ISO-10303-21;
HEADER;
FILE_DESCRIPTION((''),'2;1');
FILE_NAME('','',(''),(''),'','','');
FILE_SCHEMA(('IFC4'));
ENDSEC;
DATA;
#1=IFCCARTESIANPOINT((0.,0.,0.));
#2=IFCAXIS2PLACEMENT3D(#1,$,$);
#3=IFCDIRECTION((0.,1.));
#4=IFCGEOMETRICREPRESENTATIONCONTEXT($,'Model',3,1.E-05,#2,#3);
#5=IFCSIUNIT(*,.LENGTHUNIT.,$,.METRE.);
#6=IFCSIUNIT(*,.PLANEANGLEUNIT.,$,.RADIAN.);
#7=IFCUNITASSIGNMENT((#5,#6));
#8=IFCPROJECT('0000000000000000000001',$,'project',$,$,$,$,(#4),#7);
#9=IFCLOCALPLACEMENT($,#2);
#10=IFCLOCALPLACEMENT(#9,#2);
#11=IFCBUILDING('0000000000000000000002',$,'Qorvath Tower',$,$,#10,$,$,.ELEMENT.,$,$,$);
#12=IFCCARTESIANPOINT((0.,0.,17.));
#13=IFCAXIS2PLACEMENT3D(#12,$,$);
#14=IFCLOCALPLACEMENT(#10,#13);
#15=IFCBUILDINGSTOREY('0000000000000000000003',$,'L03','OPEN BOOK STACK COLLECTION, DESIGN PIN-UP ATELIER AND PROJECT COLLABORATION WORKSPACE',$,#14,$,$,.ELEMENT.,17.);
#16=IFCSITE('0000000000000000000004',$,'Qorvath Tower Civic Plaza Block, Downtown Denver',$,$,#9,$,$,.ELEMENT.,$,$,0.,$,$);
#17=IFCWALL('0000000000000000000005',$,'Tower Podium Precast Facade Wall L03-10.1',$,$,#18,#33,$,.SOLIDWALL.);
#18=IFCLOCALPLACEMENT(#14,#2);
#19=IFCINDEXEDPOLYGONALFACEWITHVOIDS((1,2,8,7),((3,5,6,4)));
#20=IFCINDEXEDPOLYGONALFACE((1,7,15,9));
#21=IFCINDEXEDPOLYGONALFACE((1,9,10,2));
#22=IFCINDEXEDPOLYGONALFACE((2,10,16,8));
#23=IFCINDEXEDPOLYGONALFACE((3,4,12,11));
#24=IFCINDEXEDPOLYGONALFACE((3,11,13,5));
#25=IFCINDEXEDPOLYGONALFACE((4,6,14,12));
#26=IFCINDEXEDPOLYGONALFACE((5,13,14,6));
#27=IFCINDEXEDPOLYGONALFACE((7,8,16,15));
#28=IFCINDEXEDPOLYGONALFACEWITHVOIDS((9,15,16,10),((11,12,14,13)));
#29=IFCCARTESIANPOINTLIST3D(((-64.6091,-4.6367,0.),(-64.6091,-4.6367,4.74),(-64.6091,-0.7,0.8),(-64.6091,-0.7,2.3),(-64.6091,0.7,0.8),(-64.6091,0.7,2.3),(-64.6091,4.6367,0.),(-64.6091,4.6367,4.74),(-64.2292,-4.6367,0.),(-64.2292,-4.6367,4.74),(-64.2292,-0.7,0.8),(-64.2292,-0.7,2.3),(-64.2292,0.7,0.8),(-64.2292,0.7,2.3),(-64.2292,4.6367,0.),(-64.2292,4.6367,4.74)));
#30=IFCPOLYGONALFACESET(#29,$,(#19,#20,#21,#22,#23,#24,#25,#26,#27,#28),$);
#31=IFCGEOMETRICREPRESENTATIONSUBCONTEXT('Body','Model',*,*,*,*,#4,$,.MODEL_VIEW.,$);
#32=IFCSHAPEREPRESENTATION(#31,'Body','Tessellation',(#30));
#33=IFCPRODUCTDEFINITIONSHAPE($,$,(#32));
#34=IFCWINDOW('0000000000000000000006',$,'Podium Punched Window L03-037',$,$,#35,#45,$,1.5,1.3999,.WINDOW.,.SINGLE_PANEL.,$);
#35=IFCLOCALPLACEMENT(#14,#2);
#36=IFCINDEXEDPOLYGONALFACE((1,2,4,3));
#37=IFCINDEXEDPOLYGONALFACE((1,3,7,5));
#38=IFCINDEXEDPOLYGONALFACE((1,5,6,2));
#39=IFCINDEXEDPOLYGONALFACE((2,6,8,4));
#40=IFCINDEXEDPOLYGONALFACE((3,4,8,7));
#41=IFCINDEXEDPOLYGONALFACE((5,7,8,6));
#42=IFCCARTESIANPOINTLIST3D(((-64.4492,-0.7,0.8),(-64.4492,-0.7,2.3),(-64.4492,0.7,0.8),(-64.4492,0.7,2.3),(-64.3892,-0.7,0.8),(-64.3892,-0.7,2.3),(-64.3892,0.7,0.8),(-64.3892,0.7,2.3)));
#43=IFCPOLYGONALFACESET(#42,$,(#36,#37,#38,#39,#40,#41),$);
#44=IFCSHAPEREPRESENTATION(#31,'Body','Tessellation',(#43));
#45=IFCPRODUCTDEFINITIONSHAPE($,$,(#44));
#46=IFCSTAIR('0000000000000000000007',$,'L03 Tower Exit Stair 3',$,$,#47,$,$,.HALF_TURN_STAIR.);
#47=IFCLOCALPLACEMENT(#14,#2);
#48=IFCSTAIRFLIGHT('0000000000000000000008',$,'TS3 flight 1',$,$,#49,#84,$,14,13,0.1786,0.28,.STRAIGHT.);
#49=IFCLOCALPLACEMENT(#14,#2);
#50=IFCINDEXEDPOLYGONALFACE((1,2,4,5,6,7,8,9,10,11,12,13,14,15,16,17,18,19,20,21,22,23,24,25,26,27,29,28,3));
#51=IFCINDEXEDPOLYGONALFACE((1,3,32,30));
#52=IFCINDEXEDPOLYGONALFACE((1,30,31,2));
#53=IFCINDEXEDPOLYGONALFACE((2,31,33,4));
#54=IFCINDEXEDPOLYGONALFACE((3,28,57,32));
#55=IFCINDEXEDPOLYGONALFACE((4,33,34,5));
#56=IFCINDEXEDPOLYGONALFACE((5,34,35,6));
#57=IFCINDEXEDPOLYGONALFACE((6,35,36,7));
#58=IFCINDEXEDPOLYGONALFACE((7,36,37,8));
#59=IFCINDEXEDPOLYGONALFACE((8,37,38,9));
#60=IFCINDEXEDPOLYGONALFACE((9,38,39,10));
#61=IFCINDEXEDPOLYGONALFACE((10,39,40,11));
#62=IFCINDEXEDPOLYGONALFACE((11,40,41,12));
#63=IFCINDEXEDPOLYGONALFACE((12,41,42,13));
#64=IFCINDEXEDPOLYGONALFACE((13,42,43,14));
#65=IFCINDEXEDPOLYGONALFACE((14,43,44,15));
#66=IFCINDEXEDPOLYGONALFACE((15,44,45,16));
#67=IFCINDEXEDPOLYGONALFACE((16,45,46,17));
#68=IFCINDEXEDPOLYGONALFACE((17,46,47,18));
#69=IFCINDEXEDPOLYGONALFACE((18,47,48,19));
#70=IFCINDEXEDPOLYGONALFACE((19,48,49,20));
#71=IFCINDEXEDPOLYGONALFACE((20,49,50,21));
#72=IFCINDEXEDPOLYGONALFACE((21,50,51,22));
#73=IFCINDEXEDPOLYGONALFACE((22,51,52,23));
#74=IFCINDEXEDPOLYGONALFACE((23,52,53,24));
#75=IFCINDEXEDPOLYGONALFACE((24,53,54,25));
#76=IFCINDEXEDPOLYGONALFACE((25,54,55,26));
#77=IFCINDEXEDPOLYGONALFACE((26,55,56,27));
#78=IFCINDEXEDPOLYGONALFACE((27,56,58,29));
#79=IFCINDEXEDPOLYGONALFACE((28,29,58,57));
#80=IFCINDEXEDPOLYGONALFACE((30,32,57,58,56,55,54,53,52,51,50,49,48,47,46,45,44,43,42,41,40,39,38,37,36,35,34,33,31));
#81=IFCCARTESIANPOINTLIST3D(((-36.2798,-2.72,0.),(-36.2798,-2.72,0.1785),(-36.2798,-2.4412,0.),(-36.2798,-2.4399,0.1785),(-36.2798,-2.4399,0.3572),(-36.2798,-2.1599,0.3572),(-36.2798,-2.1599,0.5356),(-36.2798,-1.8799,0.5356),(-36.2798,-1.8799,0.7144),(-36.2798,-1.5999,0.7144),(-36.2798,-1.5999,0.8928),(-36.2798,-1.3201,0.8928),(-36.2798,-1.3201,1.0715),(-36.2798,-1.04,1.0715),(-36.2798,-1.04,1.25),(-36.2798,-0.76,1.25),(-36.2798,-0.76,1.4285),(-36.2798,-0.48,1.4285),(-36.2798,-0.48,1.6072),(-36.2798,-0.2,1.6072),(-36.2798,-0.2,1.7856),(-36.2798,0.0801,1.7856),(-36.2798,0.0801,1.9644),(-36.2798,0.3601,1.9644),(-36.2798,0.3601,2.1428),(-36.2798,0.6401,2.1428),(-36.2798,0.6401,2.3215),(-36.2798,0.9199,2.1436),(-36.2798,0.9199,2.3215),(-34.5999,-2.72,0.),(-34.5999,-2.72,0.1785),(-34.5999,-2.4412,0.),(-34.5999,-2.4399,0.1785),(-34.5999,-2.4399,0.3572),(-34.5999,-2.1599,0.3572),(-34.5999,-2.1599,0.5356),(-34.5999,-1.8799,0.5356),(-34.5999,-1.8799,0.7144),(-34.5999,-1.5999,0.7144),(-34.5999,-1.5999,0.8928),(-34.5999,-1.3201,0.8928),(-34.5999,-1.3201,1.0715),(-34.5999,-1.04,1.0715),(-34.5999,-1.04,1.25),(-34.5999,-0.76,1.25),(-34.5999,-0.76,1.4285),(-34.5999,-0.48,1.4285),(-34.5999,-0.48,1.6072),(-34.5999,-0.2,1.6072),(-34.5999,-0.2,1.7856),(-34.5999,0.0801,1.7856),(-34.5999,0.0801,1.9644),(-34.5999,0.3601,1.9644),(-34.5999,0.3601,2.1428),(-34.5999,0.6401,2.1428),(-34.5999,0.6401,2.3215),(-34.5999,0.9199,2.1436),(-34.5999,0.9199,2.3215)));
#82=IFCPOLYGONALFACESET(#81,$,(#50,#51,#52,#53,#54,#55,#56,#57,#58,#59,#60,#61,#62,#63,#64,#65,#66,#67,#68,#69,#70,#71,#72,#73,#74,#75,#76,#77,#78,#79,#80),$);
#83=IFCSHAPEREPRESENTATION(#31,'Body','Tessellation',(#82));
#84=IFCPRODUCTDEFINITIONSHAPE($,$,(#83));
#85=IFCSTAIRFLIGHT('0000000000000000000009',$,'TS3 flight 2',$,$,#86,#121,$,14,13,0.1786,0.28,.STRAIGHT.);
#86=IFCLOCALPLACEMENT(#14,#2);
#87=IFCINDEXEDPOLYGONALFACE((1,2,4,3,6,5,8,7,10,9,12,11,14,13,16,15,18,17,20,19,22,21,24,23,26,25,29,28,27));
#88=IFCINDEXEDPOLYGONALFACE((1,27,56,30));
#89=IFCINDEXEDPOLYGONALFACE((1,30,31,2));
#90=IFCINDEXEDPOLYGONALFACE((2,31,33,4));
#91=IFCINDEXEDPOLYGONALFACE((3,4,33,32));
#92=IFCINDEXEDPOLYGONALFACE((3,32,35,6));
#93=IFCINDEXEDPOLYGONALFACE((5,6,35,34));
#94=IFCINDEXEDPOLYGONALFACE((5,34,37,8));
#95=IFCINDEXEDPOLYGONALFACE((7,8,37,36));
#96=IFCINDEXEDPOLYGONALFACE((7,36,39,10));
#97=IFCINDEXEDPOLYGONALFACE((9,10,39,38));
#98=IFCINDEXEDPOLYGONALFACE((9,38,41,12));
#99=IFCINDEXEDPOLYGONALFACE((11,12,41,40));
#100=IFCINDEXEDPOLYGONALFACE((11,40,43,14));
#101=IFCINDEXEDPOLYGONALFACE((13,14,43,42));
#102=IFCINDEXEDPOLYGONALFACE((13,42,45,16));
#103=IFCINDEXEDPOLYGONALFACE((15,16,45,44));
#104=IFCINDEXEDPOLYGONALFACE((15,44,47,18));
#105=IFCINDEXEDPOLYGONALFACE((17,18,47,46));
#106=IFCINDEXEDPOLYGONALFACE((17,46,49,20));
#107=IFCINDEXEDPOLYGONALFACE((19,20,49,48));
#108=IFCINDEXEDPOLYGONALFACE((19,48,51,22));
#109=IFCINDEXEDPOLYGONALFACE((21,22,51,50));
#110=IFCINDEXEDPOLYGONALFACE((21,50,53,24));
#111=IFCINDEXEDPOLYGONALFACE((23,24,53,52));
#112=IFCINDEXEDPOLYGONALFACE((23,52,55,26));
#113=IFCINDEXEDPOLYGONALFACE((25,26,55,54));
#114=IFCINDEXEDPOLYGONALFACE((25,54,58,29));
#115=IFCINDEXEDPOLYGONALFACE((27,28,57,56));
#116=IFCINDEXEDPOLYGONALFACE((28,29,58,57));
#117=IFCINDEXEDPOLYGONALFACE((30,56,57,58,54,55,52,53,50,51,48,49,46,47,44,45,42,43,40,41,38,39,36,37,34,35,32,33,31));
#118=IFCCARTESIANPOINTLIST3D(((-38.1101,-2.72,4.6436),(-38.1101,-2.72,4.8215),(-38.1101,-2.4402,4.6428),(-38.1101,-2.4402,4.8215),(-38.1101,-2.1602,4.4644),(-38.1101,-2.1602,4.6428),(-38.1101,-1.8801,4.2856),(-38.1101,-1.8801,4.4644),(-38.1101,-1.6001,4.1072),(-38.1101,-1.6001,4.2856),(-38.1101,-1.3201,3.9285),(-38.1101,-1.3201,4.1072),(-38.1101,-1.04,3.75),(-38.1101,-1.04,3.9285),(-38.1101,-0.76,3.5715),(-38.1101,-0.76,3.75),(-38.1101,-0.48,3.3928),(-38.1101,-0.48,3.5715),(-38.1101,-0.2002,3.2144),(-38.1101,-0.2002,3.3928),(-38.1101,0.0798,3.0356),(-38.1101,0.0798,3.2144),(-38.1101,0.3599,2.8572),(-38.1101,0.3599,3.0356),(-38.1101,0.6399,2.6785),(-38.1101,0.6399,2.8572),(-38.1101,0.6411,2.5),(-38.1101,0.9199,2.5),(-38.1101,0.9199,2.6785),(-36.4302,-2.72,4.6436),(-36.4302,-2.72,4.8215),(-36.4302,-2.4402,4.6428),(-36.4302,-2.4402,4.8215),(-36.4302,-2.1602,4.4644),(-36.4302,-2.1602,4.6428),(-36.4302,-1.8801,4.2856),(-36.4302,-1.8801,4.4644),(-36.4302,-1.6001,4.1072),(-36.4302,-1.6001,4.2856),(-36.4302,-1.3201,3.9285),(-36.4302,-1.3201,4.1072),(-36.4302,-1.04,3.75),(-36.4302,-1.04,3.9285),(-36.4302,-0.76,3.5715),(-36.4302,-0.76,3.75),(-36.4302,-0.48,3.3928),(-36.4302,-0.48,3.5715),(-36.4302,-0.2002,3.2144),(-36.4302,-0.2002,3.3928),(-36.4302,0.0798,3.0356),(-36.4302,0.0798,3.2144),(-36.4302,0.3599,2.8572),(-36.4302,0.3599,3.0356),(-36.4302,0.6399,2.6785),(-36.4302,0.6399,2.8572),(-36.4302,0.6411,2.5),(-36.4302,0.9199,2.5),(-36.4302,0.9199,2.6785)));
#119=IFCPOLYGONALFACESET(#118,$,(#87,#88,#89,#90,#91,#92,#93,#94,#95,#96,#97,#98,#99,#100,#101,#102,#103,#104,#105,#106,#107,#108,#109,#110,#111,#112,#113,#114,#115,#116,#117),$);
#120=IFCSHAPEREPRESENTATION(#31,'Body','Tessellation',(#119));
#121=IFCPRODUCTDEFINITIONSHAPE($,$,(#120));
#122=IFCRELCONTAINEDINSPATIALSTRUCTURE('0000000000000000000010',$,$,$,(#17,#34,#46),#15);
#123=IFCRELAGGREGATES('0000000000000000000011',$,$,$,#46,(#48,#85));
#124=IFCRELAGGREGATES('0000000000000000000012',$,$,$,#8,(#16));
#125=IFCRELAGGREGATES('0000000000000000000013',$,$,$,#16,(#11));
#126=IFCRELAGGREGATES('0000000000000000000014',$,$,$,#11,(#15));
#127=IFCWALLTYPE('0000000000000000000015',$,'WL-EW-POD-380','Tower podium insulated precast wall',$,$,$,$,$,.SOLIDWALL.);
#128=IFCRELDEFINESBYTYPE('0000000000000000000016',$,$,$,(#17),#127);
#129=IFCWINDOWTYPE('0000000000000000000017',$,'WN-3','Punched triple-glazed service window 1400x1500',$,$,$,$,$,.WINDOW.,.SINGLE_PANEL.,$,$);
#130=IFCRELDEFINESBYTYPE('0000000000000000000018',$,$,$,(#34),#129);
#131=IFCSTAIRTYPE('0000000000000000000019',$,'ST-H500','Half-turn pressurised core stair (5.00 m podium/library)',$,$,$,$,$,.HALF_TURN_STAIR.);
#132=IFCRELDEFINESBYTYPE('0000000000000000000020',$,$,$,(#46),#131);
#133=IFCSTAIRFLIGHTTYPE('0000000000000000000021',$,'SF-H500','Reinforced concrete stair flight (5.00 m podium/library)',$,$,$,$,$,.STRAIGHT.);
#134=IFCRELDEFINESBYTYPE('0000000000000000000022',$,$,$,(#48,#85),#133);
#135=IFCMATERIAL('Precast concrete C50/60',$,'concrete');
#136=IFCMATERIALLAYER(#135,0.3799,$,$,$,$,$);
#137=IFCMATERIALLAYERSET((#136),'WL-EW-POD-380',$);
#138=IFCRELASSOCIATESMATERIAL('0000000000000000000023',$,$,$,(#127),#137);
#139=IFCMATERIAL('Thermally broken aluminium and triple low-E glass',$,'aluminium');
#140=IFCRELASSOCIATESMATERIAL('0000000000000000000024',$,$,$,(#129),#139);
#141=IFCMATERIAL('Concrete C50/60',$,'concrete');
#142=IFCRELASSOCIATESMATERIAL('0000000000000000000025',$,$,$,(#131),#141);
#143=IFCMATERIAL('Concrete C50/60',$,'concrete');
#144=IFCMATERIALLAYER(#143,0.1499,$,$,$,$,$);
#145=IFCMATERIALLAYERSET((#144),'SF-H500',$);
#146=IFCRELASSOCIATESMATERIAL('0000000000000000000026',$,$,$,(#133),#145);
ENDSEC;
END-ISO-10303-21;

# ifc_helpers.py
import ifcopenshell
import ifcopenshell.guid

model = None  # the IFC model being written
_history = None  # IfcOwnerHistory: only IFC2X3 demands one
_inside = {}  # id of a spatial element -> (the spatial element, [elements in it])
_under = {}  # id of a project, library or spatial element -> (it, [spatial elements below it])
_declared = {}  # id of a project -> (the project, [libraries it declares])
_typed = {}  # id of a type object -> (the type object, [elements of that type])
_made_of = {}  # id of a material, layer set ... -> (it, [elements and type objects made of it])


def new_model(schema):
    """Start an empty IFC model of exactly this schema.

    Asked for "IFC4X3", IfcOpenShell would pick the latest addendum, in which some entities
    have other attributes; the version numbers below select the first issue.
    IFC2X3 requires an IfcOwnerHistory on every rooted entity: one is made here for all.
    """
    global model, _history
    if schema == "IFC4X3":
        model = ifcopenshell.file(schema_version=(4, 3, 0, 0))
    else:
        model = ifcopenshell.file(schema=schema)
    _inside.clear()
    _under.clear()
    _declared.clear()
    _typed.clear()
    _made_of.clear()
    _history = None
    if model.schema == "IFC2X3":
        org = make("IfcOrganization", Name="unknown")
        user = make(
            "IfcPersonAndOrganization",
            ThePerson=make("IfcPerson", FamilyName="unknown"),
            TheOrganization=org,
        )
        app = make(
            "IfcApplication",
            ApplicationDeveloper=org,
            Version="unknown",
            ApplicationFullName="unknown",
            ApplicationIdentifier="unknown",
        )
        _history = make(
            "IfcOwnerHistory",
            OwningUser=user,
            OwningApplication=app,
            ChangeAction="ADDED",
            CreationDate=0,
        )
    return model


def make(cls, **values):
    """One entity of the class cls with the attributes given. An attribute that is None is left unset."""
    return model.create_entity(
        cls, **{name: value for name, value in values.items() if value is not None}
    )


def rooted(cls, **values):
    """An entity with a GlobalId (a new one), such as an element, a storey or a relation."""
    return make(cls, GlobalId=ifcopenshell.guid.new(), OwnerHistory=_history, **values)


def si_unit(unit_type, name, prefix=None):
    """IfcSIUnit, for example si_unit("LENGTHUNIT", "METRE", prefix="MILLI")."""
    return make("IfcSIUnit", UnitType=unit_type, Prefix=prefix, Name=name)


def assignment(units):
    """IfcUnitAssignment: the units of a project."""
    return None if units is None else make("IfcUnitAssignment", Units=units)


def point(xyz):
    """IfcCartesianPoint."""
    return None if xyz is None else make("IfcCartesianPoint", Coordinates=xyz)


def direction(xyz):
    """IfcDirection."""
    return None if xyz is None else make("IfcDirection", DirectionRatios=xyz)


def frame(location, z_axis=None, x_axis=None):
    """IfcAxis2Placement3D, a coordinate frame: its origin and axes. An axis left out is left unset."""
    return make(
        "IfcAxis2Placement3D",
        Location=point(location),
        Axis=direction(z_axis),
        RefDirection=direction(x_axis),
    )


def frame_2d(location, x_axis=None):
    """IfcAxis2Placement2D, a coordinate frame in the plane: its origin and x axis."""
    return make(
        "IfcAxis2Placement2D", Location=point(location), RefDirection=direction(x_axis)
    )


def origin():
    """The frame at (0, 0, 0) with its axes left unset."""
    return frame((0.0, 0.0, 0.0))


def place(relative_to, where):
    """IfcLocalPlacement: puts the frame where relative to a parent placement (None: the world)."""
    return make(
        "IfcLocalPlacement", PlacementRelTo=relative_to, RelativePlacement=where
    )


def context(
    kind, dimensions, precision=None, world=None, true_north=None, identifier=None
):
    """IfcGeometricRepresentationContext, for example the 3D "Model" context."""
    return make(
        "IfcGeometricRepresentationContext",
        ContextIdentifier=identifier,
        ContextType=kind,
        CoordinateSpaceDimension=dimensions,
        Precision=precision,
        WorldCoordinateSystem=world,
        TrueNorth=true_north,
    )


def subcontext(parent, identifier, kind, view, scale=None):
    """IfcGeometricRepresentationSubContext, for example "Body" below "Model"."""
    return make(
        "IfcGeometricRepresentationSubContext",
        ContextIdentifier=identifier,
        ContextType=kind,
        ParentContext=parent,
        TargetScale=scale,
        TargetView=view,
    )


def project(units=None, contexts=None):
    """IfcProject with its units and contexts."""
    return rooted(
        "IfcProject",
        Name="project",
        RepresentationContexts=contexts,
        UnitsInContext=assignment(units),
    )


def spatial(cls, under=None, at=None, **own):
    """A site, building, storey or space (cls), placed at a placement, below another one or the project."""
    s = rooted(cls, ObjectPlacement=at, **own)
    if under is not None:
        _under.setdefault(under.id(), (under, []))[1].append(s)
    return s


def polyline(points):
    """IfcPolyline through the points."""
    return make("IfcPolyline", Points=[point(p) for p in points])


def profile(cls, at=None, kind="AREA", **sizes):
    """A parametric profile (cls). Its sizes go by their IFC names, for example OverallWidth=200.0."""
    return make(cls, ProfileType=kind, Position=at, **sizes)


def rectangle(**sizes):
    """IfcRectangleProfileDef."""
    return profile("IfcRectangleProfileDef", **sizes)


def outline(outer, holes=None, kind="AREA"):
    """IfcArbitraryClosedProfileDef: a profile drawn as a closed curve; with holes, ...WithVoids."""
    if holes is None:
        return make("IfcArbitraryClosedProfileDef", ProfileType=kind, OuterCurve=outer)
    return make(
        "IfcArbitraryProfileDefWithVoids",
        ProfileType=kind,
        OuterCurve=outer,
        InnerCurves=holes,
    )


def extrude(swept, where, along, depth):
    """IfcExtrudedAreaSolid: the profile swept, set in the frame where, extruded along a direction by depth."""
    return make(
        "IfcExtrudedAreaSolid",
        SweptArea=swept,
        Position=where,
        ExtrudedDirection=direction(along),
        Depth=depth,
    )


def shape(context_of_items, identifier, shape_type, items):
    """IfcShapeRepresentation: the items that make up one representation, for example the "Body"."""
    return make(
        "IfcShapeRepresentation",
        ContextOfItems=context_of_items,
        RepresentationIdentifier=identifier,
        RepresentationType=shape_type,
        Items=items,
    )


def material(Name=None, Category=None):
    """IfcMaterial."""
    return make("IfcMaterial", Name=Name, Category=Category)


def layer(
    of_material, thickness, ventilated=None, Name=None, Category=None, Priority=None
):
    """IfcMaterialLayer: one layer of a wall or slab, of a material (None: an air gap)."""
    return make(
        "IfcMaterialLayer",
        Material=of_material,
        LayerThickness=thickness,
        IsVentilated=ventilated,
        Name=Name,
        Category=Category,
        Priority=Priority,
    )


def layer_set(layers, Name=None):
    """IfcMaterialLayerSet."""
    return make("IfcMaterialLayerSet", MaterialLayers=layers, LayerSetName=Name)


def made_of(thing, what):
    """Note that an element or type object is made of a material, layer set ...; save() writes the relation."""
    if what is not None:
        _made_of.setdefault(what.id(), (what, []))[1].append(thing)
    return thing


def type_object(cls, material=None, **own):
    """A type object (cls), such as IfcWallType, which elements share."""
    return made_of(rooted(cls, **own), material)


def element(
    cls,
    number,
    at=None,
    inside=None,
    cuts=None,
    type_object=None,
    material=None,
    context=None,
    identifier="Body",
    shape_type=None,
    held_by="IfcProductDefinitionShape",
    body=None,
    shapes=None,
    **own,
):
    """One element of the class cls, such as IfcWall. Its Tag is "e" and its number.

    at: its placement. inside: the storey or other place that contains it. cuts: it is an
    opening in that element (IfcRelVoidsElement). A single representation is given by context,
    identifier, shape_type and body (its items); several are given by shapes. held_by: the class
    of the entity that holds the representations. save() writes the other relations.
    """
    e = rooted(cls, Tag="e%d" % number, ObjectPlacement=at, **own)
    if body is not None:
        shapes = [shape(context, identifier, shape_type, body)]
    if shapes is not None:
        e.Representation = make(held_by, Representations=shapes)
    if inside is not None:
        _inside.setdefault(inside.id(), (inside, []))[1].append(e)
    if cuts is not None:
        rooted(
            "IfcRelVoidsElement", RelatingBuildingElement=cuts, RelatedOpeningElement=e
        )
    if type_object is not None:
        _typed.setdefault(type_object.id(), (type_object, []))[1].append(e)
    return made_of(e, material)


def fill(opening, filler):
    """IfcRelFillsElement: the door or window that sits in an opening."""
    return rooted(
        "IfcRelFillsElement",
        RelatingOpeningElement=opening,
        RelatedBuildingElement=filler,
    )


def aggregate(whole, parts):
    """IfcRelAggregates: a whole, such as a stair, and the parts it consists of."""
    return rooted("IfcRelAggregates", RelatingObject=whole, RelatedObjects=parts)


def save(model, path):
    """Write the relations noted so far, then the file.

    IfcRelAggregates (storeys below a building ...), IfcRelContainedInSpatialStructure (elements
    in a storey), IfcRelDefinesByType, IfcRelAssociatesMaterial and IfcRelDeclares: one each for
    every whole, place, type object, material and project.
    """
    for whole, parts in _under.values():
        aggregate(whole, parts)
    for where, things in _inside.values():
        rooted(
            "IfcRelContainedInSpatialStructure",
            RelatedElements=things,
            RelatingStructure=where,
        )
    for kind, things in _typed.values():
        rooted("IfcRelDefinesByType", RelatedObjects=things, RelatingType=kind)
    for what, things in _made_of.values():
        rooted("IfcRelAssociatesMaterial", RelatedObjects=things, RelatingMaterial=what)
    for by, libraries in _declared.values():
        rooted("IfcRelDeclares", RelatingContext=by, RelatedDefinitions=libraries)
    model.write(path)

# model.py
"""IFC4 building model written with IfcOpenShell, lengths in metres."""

from ifc_helpers import new_model, si_unit, direction, frame, frame_2d, origin, place, context, subcontext, project, spatial, polyline, rectangle, outline, extrude, material, layer, layer_set, type_object, element, fill, aggregate, save


model = new_model("IFC4")

# Units and contexts
model_context = context("Model", 3, precision=1e-05, world=origin(), true_north=direction((0.0, 1.0)))
body_context = subcontext(model_context, "Body", "Model", "MODEL_VIEW")
ifc_project = project(units=[si_unit("LENGTHUNIT", "METRE"), si_unit("PLANEANGLEUNIT", "RADIAN")], contexts=[model_context])

# Site, building, storey
site_placement = place(None, origin())
site = spatial("IfcSite", under=ifc_project, at=site_placement, Name="Qorvath Tower Civic Plaza Block, Downtown Denver", CompositionType="ELEMENT", RefElevation=0.0)
building_placement = place(site_placement, origin())
building = spatial("IfcBuilding", under=site, at=building_placement, Name="Qorvath Tower", CompositionType="ELEMENT")
storey_placement = place(building_placement, frame((0.0, 0.0, 17.0)))
storey = spatial("IfcBuildingStorey", under=building, at=storey_placement, Name="L03", Description="OPEN BOOK STACK COLLECTION, DESIGN PIN-UP ATELIER AND PROJECT COLLABORATION WORKSPACE", CompositionType="ELEMENT", Elevation=17.0)

# Wall, opening, window
ifc_material_1 = material(Name="Precast concrete C50/60", Category="concrete")
ifc_layer_1 = layer(ifc_material_1, 0.3799)
ifc_layer_set_1 = layer_set([ifc_layer_1], Name="WL-EW-POD-380")
wall_type_1 = type_object("IfcWallType", Name="WL-EW-POD-380", Description="Tower podium insulated precast wall", PredefinedType="SOLIDWALL", material=ifc_layer_set_1)
wall_1_placement = place(storey_placement, frame((-64.4192, -4.6367, 0.0), z_axis=(0.0, 0.0, 1.0), x_axis=(0.0, 1.0, 0.0)))
wall_1 = element("IfcWall", 1, at=wall_1_placement, inside=storey, type_object=wall_type_1, Name="Tower Podium Precast Facade Wall L03-10.1", PredefinedType="SOLIDWALL", context=body_context, shape_type="SweptSolid", body=[
    extrude(rectangle(XDim=9.2734, YDim=0.3799, at=frame_2d((4.6367, 0.0))), origin(), (0.0, 0.0, 1.0), 4.74),
])
opening_1_placement = place(wall_1_placement, frame((3.9368, 0.0, 0.8)))
opening_1 = element("IfcOpeningElement", 2, at=opening_1_placement, cuts=wall_1, PredefinedType="OPENING", context=body_context, shape_type="SweptSolid", body=[
    extrude(rectangle(XDim=1.3999, YDim=1.5, at=frame_2d((0.7, 0.75))), frame((0.0, 0.2, 0.0), z_axis=(0.0, -1.0, 0.0), x_axis=(1.0, 0.0, 0.0)), (0.0, 0.0, 1.0), 0.3999),
])
ifc_material_2 = material(Name="Thermally broken aluminium and triple low-E glass", Category="aluminium")
window_type = type_object("IfcWindowType", Name="WN-3", Description="Punched triple-glazed service window 1400x1500", PartitioningType="SINGLE_PANEL", PredefinedType="WINDOW", material=ifc_material_2)
window_placement = place(opening_1_placement, origin())
window = element("IfcWindow", 3, at=window_placement, inside=storey, type_object=window_type, Name="Podium Punched Window L03-037", OverallHeight=1.5, OverallWidth=1.3999, PartitioningType="SINGLE_PANEL", PredefinedType="WINDOW", context=body_context, shape_type="SweptSolid", body=[
    extrude(rectangle(XDim=1.3999, YDim=1.5, at=frame_2d((0.7, 0.75))), frame((0.0, 0.03, 0.0), z_axis=(0.0, -1.0, 0.0), x_axis=(1.0, 0.0, 0.0)), (0.0, 0.0, 1.0), 0.0601),
])
fill(opening_1, window)

# Stair, stair flights
ifc_material_3 = material(Name="Concrete C50/60", Category="concrete")
stair_type = type_object("IfcStairType", Name="ST-H500", Description="Half-turn pressurised core stair (5.00 m podium/library)", PredefinedType="HALF_TURN_STAIR", material=ifc_material_3)
stair_placement = place(storey_placement, origin())
stair = element("IfcStair", 4, at=stair_placement, inside=storey, type_object=stair_type, Name="L03 Tower Exit Stair 3", PredefinedType="HALF_TURN_STAIR")
ifc_material_4 = material(Name="Concrete C50/60", Category="concrete")
ifc_layer_2 = layer(ifc_material_4, 0.1499)
ifc_layer_set_2 = layer_set([ifc_layer_2], Name="SF-H500")
stair_flight_type = type_object("IfcStairFlightType", Name="SF-H500", Description="Reinforced concrete stair flight (5.00 m podium/library)", PredefinedType="STRAIGHT", material=ifc_layer_set_2)
stair_flight_1_placement = place(storey_placement, frame((-35.4399, -2.72, 0.0), z_axis=(0.0, 0.0, 1.0), x_axis=(0.0, 1.0, 0.0)))
stair_flight_1 = element("IfcStairFlight", 5, at=stair_flight_1_placement, type_object=stair_flight_type, Name="TS3 flight 1", NumberOfRisers=14, NumberOfTreads=13, PredefinedType="STRAIGHT", RiserHeight=0.1786, TreadLength=0.28, context=body_context, shape_type="SweptSolid", body=[
    extrude(outline(polyline([(0.0, 0.0), (0.0, 0.1785), (0.28, 0.1785), (0.28, 0.3572), (0.5601, 0.3572), (0.5601, 0.5356), (0.8401, 0.5356), (0.8401, 0.7144), (1.1201, 0.7144), (1.1201, 0.8928), (1.3999, 0.8928), (1.3999, 1.0715), (1.6799, 1.0715), (1.6799, 1.25), (1.96, 1.25), (1.96, 1.4285), (2.24, 1.4285), (2.24, 1.6072), (2.52, 1.6072), (2.52, 1.7856), (2.8, 1.7856), (2.8, 1.9644), (3.0801, 1.9644), (3.0801, 2.1428), (3.3601, 2.1428), (3.3601, 2.3215), (3.6399, 2.3215), (3.6399, 2.5), (3.6399, 2.1436), (0.2788, 0.0), (0.0, 0.0)])), frame((0.0, 0.8398, 0.0), z_axis=(0.0, -1.0, 0.0), x_axis=(1.0, 0.0, 0.0)), (0.0, 0.0, 1.0), 1.6799),
])
stair_flight_2_placement = place(storey_placement, frame((-37.27, 0.9199, 2.5), z_axis=(0.0, 0.0, 1.0), x_axis=(0.0, -1.0, 0.0)))
stair_flight_2 = element("IfcStairFlight", 6, at=stair_flight_2_placement, type_object=stair_flight_type, Name="TS3 flight 2", NumberOfRisers=14, NumberOfTreads=13, PredefinedType="STRAIGHT", RiserHeight=0.1786, TreadLength=0.28, context=body_context, shape_type="SweptSolid", body=[
    extrude(outline(polyline([(0.0, 0.0), (0.0, 0.1785), (0.28, 0.1785), (0.28, 0.3572), (0.5601, 0.3572), (0.5601, 0.5356), (0.8401, 0.5356), (0.8401, 0.7144), (1.1201, 0.7144), (1.1201, 0.8928), (1.3999, 0.8928), (1.3999, 1.0715), (1.6799, 1.0715), (1.6799, 1.25), (1.96, 1.25), (1.96, 1.4285), (2.24, 1.4285), (2.24, 1.6072), (2.52, 1.6072), (2.52, 1.7856), (2.8, 1.7856), (2.8, 1.9644), (3.0801, 1.9644), (3.0801, 2.1428), (3.3601, 2.1428), (3.3601, 2.3215), (3.6399, 2.3215), (3.6399, 2.5), (3.6399, 2.1436), (0.2788, 0.0), (0.0, 0.0)])), frame((0.0, 0.8398, 0.0), z_axis=(0.0, -1.0, 0.0), x_axis=(1.0, 0.0, 0.0)), (0.0, 0.0, 1.0), 1.6799),
])
aggregate(stair, [stair_flight_1, stair_flight_2])

save(model, "model.ifc")
